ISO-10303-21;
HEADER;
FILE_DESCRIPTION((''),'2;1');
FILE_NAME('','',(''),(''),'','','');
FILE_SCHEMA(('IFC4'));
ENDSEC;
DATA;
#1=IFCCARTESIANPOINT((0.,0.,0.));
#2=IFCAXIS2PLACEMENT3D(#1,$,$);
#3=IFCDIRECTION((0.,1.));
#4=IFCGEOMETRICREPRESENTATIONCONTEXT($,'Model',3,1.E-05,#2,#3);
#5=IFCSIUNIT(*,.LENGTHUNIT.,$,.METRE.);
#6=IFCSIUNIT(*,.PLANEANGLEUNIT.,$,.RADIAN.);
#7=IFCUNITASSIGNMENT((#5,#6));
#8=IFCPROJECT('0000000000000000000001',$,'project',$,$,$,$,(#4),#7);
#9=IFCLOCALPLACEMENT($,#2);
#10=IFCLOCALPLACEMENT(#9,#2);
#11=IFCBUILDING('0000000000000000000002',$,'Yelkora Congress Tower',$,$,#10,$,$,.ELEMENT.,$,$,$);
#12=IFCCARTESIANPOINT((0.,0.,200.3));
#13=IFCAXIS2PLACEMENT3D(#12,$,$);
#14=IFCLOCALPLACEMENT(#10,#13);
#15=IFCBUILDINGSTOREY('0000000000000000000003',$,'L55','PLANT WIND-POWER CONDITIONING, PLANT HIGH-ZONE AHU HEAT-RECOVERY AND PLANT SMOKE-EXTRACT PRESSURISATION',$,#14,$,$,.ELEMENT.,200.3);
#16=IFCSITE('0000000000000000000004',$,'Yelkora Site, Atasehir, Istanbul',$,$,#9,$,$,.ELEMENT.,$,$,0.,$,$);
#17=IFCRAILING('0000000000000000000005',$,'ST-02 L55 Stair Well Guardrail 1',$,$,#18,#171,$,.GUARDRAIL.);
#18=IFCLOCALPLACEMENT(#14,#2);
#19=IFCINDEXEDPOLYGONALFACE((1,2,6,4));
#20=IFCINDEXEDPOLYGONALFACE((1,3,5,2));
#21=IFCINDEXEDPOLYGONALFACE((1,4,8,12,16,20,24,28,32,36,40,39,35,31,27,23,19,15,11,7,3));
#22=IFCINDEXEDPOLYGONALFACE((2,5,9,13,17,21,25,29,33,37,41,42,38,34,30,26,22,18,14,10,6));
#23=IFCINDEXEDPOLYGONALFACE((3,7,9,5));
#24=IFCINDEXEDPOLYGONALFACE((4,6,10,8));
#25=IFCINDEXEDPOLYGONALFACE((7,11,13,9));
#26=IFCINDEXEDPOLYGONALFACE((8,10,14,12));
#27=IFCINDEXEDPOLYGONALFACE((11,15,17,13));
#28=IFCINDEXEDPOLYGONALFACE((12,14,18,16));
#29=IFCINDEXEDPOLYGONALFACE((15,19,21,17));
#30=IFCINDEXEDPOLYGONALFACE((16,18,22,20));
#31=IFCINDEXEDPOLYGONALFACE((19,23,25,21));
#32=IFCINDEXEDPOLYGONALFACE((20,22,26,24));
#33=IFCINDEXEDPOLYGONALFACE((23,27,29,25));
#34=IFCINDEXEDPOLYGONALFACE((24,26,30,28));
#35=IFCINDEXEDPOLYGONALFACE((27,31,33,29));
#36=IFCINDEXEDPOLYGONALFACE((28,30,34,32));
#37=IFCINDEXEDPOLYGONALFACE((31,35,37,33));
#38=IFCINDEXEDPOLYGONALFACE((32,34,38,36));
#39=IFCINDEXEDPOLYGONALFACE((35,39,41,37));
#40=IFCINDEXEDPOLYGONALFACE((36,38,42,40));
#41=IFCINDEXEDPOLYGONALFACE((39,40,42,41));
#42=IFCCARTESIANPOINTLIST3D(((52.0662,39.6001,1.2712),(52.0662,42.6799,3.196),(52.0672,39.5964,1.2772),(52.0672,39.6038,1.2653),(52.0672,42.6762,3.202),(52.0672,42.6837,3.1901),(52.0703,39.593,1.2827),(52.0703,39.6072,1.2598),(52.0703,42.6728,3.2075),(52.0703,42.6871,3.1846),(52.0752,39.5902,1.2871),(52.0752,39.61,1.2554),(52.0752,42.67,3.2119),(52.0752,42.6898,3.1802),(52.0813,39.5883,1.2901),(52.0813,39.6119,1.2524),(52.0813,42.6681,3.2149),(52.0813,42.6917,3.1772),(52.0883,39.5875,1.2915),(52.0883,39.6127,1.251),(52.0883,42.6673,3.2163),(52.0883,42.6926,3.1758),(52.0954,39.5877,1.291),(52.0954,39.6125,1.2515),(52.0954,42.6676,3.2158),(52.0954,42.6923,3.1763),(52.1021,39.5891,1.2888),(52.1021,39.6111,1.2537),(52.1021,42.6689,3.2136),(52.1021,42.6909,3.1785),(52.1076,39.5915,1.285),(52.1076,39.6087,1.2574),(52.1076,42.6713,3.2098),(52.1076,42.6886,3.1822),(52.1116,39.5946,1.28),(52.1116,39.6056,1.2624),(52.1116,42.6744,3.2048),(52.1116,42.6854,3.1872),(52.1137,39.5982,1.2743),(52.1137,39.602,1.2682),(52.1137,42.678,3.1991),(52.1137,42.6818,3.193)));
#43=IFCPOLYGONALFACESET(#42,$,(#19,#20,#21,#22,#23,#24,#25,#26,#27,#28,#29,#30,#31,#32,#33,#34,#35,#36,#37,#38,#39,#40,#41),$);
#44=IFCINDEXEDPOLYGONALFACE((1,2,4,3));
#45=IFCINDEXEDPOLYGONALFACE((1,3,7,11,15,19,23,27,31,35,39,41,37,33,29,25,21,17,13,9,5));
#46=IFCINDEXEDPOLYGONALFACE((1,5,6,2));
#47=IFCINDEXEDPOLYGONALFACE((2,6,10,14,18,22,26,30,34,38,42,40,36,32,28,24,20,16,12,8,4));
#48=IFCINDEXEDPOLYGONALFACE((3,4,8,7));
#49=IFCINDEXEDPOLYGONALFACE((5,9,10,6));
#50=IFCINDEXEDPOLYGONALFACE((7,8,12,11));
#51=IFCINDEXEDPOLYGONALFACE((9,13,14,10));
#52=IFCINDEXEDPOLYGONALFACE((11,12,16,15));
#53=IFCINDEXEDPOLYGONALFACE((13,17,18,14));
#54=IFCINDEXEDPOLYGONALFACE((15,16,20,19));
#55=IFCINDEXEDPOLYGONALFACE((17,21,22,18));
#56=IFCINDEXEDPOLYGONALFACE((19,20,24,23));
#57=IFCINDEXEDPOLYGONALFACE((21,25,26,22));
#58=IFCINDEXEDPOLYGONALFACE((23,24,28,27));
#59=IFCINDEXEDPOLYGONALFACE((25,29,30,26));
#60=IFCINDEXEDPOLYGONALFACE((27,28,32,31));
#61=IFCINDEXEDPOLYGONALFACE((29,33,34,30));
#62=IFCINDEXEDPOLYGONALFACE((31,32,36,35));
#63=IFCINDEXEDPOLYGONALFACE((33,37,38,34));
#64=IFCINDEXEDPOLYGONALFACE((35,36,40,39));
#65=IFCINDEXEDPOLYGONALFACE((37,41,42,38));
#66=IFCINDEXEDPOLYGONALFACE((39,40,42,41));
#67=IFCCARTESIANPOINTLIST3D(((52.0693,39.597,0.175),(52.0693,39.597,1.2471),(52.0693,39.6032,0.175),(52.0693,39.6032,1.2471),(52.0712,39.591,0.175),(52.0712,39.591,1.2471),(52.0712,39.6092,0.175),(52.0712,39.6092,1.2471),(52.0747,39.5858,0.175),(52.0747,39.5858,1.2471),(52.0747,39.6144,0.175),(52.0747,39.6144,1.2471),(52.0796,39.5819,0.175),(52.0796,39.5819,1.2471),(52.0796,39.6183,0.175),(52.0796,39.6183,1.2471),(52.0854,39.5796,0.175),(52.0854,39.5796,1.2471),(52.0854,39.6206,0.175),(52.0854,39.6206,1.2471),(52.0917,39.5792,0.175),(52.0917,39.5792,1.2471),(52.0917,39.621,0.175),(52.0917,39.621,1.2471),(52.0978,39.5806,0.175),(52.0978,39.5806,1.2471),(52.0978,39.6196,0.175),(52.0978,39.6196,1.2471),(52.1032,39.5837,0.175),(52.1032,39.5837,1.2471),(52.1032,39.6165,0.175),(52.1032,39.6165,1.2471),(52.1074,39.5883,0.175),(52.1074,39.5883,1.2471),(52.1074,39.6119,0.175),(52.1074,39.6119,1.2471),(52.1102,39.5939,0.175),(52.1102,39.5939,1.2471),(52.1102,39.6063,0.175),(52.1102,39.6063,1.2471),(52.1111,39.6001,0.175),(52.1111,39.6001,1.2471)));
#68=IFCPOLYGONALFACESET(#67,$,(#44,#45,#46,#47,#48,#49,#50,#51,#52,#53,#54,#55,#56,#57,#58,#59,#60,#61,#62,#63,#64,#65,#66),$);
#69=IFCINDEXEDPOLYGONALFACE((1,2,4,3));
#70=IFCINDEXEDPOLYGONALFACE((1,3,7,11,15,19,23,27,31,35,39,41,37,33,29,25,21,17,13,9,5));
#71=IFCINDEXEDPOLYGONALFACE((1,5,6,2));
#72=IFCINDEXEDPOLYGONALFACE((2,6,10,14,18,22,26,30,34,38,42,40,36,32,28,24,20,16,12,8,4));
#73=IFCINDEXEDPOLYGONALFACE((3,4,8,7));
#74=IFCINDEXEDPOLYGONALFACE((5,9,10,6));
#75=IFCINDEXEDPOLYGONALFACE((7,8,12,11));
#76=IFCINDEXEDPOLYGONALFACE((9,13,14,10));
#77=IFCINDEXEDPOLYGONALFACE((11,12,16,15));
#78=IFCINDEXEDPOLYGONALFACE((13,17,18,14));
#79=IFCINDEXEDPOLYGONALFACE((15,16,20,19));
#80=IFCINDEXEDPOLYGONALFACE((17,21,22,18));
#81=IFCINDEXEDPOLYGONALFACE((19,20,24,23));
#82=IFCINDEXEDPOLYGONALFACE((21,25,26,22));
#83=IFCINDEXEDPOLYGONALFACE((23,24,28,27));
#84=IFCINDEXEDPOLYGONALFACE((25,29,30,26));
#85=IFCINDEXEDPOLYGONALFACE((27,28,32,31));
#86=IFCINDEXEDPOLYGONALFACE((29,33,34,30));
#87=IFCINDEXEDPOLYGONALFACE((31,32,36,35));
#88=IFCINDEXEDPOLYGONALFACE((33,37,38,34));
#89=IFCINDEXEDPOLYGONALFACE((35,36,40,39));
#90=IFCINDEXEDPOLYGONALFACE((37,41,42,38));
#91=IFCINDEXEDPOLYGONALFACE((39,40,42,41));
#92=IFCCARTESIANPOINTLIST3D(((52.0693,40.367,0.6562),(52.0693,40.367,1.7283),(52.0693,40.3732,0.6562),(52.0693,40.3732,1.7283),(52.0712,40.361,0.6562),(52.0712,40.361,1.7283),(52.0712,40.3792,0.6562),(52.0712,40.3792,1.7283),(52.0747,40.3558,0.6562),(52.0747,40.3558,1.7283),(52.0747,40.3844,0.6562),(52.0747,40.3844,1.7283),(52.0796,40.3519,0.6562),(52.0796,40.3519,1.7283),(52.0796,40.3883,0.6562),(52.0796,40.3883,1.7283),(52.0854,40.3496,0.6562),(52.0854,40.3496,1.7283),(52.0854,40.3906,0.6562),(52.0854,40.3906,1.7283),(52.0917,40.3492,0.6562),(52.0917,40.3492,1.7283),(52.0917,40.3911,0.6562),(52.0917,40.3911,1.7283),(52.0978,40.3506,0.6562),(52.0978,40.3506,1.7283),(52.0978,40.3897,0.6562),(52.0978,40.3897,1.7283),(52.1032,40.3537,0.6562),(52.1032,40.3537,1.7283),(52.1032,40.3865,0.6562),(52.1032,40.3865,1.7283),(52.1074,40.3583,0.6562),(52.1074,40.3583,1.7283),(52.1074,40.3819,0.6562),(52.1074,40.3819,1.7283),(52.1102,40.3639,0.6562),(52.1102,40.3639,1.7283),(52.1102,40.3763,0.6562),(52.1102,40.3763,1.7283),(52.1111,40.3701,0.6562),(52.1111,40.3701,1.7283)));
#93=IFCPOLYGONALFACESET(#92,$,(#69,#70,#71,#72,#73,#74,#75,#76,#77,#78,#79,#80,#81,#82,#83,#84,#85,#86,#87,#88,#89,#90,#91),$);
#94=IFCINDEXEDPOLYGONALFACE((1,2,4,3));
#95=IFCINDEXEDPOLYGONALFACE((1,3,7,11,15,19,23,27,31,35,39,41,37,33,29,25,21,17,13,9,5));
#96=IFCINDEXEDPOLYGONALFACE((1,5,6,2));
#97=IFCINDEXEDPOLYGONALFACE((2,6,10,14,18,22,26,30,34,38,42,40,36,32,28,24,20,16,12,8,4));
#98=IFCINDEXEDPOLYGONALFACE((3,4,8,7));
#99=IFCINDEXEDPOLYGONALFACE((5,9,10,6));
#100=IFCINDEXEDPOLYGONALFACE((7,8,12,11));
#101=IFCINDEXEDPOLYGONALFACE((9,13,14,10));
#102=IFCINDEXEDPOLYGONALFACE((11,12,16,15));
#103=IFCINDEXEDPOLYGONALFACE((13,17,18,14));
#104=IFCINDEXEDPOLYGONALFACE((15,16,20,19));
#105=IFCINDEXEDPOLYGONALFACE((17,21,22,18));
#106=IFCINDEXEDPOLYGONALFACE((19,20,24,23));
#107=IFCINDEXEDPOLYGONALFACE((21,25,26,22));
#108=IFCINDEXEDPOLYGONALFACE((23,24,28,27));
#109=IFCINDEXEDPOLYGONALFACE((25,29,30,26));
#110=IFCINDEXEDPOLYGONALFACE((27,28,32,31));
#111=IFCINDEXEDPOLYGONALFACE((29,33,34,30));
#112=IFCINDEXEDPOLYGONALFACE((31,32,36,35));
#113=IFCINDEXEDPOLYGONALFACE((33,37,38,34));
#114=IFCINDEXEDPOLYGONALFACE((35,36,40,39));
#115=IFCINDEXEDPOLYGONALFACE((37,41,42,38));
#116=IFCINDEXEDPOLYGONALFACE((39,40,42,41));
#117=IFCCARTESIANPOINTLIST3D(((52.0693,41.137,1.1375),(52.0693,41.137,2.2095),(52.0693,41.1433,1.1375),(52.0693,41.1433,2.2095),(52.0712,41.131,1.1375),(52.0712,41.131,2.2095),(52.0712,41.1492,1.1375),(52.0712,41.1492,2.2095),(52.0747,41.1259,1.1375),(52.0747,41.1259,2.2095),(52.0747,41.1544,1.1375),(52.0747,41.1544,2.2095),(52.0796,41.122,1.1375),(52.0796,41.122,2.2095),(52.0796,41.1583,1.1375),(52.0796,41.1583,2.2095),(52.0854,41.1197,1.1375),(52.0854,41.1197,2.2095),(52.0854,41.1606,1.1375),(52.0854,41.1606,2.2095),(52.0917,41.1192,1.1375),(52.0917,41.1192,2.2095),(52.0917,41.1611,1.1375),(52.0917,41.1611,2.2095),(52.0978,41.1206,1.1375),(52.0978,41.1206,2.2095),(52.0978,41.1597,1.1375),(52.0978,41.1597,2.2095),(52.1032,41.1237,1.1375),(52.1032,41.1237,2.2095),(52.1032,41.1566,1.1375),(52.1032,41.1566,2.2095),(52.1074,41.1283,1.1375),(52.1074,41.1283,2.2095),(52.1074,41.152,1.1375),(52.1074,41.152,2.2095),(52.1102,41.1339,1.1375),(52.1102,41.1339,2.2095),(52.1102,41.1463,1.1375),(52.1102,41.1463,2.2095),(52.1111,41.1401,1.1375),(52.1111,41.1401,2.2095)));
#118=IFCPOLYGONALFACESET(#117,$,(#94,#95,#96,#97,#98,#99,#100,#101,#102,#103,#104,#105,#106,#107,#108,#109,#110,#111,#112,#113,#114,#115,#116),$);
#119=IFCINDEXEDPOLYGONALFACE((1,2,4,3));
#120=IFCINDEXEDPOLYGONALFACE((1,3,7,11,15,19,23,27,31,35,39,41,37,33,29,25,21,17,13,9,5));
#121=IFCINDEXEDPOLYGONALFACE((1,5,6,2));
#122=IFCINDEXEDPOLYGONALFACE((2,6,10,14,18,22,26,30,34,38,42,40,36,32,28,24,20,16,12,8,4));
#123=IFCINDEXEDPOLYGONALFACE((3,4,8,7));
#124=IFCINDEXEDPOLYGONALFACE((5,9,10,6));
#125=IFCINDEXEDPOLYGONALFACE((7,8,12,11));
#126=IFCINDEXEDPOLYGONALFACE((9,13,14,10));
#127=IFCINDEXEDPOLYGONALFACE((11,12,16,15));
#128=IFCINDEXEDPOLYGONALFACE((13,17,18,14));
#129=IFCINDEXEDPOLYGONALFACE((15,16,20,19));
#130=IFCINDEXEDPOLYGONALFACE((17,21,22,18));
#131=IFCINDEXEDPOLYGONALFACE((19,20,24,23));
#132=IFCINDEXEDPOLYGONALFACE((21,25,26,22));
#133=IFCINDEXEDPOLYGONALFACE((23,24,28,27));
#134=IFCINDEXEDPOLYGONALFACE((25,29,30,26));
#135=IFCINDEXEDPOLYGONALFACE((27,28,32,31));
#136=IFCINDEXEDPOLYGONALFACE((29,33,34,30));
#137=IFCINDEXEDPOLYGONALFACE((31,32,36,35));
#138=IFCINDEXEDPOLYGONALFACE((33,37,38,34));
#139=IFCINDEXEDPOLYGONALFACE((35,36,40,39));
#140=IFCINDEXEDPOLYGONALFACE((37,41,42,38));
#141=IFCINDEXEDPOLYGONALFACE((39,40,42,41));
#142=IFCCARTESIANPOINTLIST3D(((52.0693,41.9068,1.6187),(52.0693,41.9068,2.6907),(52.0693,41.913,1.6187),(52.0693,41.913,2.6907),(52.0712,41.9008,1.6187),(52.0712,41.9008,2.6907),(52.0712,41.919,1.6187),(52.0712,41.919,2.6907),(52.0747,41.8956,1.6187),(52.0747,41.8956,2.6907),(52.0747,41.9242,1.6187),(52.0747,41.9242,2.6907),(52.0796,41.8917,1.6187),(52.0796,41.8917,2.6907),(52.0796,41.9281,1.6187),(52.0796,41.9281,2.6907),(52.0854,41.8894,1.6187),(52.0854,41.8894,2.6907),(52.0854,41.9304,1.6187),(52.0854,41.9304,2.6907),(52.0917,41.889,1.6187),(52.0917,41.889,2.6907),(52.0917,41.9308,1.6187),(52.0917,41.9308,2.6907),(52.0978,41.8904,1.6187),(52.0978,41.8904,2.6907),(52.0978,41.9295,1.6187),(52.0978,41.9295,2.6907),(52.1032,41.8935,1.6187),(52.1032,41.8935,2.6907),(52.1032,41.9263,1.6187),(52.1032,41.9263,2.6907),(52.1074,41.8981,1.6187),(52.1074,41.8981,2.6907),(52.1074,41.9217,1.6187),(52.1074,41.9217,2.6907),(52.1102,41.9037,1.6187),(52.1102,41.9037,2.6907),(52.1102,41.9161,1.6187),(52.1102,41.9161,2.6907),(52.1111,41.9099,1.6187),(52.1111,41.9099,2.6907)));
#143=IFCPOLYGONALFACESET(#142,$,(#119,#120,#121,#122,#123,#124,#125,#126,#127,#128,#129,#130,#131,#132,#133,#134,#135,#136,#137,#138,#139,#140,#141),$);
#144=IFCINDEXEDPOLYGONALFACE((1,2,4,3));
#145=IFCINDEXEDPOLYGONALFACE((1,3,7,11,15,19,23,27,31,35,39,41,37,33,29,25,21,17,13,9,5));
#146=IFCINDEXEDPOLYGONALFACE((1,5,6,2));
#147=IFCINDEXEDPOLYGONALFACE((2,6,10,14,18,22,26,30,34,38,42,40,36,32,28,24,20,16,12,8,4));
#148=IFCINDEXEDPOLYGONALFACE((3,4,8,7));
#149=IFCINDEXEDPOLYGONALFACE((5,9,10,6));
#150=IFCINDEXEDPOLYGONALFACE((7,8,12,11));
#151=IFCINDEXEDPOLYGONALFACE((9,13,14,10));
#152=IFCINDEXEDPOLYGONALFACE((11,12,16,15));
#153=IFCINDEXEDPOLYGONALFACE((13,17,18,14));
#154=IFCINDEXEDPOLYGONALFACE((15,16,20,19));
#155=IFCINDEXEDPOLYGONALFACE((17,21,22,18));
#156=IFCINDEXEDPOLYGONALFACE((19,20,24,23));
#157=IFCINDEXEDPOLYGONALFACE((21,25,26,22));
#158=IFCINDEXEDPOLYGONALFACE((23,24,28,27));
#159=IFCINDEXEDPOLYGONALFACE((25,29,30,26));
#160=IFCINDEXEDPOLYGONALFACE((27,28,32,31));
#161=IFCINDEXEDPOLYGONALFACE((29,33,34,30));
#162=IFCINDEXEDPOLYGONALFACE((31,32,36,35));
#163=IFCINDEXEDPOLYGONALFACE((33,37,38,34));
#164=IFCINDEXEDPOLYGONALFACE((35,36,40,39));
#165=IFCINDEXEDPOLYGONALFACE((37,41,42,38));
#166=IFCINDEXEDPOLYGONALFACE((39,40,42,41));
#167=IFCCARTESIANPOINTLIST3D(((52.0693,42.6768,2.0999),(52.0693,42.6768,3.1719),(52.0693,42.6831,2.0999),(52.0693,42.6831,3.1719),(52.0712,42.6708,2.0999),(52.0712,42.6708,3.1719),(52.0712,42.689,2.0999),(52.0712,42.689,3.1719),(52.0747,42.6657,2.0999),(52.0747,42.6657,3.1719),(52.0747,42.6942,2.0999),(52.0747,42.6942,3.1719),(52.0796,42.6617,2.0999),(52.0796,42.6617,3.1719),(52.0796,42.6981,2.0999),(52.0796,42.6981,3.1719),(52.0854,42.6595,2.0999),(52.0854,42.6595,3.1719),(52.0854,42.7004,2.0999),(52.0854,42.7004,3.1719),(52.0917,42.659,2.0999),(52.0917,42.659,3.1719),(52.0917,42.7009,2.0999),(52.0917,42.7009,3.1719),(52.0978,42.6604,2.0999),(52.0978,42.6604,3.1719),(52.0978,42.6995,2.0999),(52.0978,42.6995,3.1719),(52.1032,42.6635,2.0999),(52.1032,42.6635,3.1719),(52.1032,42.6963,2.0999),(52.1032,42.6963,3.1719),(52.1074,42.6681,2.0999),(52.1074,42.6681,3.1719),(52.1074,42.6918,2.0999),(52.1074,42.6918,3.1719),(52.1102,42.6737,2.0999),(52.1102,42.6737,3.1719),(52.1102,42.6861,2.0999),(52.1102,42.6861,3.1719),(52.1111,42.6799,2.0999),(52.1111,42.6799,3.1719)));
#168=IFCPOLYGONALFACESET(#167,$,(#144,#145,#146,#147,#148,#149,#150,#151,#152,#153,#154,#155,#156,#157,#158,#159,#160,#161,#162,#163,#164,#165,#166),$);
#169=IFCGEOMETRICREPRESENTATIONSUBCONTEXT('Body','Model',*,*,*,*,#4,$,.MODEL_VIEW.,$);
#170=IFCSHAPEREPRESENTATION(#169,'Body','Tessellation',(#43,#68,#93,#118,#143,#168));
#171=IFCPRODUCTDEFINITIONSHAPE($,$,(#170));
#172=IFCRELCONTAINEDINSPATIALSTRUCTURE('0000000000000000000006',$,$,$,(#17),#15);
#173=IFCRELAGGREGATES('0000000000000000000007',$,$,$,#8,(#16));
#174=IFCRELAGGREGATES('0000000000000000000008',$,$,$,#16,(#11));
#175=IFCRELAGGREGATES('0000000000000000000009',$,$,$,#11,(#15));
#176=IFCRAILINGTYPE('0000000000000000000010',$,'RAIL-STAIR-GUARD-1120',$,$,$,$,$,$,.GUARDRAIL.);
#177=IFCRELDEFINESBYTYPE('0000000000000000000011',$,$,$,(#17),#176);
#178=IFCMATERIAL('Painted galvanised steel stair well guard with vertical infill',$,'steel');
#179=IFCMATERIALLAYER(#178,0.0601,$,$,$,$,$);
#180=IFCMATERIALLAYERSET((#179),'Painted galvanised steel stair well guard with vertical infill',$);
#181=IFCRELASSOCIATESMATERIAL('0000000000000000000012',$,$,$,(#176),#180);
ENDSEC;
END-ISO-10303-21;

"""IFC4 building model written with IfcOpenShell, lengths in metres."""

from ifc_helpers import new_model, si_unit, direction, frame, origin, origin_2d, place, context, subcontext, project, spatial, circle, extrude, material, layer, layer_set, type_object, element, save


model = new_model("IFC4")

# Units and contexts
model_context = context("Model", 3, precision=1e-05, world=origin(), true_north=direction((0.0, 1.0)))
body_context = subcontext(model_context, "Body", "Model", "MODEL_VIEW")
ifc_project = project(units=[si_unit("LENGTHUNIT", "METRE"), si_unit("PLANEANGLEUNIT", "RADIAN")], contexts=[model_context])

# Site, building, storey
site_placement = place(None, origin())
site = spatial("IfcSite", under=ifc_project, at=site_placement, Name="Yelkora Site, Atasehir, Istanbul", CompositionType="ELEMENT", RefElevation=0.0)
building_placement = place(site_placement, origin())
building = spatial("IfcBuilding", under=site, at=building_placement, Name="Yelkora Congress Tower", CompositionType="ELEMENT")
storey_placement = place(building_placement, frame((0.0, 0.0, 200.3)))
storey = spatial("IfcBuildingStorey", under=building, at=storey_placement, Name="L55", Description="PLANT WIND-POWER CONDITIONING, PLANT HIGH-ZONE AHU HEAT-RECOVERY AND PLANT SMOKE-EXTRACT PRESSURISATION", CompositionType="ELEMENT", Elevation=200.3)

# Railing
ifc_material_1 = material(Name="Painted galvanised steel stair well guard with vertical infill", Category="steel")
ifc_layer_1 = layer(ifc_material_1, 0.0601)
ifc_layer_set_1 = layer_set([ifc_layer_1], Name="Painted galvanised steel stair well guard with vertical infill")
railing_type_1 = type_object("IfcRailingType", Name="RAIL-STAIR-GUARD-1120", PredefinedType="GUARDRAIL", material=ifc_layer_set_1)
railing_1_placement = place(storey_placement, frame((52.0901, 39.6001, 0.175)))
element("IfcRailing", 1, at=railing_1_placement, inside=storey, type_object=railing_type_1, Name="ST-02 L55 Stair Well Guardrail 1", PredefinedType="GUARDRAIL", context=body_context, shape_type="SweptSolid", body=[
    extrude(circle(Radius=0.0239, at=origin_2d()), frame((0.0, 0.0, 1.0962), z_axis=(0.0, 0.84801, 0.529981), x_axis=(-1.0, 0.0, 0.0)), (0.0, 0.0, 1.0), 3.6318),
    extrude(circle(Radius=0.021, at=origin_2d()), origin(), (0.0, 0.0, 1.0), 1.072),
    extrude(circle(Radius=0.021, at=origin_2d()), frame((0.0, 0.77, 0.4812)), (0.0, 0.0, 1.0), 1.072),
    extrude(circle(Radius=0.021, at=origin_2d()), frame((0.0, 1.54, 0.9624)), (0.0, 0.0, 1.0), 1.072),
    extrude(circle(Radius=0.021, at=origin_2d()), frame((0.0, 2.3098, 1.4436)), (0.0, 0.0, 1.0), 1.072),
    extrude(circle(Radius=0.021, at=origin_2d()), frame((0.0, 3.0798, 1.9248)), (0.0, 0.0, 1.0), 1.072),
])

save(model, "model.ifc")
